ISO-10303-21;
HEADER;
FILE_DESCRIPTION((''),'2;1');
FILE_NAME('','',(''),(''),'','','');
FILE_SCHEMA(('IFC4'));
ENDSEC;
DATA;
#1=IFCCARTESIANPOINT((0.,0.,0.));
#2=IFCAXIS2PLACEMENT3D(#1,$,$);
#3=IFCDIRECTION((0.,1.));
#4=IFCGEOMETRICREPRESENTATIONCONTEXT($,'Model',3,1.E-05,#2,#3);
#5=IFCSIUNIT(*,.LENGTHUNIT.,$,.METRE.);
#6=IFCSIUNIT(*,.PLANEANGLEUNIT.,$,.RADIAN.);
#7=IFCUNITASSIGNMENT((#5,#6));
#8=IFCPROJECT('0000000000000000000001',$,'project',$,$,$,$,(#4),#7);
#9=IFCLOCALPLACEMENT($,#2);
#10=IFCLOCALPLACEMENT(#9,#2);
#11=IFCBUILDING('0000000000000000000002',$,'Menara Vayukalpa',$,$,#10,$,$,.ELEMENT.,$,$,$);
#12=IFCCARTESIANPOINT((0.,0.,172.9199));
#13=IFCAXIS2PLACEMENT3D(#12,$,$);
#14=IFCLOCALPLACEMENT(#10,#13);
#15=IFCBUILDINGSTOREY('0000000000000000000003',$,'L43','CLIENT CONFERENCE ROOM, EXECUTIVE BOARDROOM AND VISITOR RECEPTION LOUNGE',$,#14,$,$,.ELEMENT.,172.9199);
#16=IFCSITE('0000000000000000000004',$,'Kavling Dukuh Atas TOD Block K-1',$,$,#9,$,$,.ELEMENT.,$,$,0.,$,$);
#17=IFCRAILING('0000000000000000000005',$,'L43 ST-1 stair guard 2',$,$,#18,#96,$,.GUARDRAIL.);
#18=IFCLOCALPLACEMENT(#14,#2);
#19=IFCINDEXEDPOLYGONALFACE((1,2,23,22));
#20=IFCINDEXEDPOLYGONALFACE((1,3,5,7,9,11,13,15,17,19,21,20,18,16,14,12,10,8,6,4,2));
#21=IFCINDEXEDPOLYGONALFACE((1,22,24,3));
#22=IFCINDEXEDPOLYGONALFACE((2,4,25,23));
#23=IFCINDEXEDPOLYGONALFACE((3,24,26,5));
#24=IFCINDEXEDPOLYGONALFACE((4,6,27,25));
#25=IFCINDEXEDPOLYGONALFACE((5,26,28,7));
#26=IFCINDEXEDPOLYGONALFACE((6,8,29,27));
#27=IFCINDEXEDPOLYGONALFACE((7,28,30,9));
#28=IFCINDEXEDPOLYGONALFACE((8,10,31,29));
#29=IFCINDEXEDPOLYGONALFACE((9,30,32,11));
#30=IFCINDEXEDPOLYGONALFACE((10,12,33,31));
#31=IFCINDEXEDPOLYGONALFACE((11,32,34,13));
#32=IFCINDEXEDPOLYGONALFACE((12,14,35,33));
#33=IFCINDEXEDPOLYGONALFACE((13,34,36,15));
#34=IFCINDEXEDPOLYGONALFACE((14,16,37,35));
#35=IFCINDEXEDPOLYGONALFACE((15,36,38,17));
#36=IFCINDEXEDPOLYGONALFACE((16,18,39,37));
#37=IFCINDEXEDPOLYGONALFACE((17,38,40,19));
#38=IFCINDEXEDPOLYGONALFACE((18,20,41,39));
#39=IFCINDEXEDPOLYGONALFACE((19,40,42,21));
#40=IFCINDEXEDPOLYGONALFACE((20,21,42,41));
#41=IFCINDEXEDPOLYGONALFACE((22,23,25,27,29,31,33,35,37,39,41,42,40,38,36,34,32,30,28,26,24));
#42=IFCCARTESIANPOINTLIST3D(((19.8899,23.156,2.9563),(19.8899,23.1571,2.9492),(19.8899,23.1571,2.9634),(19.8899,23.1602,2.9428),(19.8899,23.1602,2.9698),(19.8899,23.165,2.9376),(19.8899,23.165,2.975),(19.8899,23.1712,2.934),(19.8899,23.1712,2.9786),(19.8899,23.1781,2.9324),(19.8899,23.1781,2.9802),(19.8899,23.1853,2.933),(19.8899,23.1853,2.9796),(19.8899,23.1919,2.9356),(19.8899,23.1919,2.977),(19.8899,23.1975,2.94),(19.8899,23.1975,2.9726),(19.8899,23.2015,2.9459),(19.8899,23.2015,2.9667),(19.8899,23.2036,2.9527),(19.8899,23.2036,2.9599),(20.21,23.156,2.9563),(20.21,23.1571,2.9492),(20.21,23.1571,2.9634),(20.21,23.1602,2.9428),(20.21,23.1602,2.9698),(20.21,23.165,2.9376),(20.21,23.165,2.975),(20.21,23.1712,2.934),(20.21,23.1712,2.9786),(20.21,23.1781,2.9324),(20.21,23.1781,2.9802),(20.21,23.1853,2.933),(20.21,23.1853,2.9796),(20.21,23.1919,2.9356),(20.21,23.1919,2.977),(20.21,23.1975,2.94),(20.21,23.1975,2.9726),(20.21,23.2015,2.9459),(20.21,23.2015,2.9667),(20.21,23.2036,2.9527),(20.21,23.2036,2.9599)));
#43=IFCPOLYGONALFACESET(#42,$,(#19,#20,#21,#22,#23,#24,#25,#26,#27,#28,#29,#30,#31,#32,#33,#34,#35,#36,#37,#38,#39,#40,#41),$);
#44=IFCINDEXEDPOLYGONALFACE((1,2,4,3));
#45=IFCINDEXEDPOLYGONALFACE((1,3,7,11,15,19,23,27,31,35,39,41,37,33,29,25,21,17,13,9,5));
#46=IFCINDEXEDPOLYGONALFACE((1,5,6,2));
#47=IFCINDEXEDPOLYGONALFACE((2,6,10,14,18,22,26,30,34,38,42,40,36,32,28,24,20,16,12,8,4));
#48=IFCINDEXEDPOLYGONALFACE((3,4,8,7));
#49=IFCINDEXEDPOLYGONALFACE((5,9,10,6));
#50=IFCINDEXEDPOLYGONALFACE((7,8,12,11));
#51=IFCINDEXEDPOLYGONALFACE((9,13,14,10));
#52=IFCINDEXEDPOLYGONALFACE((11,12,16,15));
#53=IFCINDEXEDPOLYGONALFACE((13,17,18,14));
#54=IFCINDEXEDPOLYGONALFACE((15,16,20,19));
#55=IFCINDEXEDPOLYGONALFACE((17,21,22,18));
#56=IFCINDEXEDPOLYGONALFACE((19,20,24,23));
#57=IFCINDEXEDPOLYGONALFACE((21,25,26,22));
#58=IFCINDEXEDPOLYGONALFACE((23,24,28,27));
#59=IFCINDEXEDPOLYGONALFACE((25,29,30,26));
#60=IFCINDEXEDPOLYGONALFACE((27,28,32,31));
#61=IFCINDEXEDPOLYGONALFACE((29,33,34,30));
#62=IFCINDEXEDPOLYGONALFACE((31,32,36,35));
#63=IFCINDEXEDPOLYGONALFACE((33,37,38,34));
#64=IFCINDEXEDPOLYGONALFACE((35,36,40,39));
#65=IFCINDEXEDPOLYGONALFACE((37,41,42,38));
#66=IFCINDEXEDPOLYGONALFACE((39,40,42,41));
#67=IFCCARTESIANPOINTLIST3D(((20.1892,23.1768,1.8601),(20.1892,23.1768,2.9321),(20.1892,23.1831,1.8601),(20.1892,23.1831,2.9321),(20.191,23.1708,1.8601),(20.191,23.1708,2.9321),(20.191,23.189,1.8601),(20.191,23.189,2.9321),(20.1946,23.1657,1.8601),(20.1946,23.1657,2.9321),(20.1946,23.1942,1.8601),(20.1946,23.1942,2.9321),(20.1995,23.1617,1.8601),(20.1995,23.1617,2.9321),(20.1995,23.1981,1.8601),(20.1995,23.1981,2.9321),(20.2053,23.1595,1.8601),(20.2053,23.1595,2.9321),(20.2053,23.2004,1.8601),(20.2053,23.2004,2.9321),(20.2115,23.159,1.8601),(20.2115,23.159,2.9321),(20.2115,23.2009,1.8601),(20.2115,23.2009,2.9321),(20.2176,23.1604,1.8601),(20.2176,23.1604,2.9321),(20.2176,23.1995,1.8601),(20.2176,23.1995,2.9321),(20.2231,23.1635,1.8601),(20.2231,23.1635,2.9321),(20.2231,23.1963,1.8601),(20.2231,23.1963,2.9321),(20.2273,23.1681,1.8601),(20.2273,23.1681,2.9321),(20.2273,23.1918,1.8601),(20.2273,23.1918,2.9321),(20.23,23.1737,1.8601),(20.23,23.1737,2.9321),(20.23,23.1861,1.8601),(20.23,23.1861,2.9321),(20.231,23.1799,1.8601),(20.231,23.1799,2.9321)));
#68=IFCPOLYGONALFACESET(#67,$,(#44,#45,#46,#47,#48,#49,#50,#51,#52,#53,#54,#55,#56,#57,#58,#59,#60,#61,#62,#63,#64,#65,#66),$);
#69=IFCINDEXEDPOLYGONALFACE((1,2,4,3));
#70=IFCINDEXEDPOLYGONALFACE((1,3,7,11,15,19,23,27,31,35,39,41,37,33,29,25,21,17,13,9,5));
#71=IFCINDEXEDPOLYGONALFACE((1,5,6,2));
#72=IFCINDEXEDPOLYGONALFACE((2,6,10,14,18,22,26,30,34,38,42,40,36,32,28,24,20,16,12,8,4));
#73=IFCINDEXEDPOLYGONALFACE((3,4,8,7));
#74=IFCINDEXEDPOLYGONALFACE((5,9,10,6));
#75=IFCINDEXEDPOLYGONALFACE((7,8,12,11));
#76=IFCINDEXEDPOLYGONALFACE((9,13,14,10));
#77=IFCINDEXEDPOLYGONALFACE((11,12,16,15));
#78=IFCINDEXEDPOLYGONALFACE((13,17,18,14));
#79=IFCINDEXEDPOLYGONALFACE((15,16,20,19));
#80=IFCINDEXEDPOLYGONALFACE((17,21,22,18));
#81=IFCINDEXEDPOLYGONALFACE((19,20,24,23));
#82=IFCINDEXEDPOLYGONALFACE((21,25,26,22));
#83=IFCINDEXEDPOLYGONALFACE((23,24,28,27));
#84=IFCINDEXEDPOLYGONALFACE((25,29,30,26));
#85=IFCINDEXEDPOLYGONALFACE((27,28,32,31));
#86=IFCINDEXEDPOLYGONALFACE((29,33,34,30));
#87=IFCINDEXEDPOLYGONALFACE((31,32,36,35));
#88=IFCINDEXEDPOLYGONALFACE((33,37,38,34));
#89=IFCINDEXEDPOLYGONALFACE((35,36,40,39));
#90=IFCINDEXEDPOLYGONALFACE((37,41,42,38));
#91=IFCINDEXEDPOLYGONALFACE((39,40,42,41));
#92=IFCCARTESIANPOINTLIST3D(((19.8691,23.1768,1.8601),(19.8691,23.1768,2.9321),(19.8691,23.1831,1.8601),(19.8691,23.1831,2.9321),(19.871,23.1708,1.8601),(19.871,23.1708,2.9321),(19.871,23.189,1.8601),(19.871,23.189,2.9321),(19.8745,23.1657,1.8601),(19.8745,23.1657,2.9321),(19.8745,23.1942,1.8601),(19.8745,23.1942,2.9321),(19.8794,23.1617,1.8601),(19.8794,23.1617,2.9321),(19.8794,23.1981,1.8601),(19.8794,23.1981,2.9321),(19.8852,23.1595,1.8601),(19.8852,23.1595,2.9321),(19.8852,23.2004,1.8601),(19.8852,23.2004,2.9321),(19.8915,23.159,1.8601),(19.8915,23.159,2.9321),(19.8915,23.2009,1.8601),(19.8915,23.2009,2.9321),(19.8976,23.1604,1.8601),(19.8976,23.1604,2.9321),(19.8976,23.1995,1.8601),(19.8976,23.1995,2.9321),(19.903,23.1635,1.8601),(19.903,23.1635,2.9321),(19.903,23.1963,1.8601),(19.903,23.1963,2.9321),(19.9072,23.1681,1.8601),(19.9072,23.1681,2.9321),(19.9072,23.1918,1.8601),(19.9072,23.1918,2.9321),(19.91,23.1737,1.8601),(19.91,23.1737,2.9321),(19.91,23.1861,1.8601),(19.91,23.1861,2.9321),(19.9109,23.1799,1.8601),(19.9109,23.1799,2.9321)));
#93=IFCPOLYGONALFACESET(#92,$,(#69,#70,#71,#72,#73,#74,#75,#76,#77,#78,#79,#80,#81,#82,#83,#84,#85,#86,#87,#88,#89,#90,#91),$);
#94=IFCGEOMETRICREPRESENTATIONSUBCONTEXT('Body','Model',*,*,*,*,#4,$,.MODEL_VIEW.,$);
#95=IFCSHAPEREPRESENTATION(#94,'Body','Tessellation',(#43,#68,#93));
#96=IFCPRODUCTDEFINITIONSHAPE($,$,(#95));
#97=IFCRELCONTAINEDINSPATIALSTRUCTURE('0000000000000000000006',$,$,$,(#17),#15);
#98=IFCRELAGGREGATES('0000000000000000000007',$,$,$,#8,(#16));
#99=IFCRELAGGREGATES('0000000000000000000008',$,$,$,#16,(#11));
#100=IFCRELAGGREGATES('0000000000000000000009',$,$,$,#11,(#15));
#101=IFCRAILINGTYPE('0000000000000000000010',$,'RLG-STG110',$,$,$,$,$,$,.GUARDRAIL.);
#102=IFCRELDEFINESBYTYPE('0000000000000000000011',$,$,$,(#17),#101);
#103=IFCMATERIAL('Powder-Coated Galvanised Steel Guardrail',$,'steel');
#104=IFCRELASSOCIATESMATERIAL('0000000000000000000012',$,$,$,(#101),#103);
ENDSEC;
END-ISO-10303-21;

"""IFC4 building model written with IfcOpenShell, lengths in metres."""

from ifc_helpers import new_model, si_unit, direction, frame, origin, origin_2d, place, context, subcontext, project, spatial, circle, extrude, material, type_object, element, save


model = new_model("IFC4")

# Units and contexts
model_context = context("Model", 3, precision=1e-05, world=origin(), true_north=direction((0.0, 1.0)))
body_context = subcontext(model_context, "Body", "Model", "MODEL_VIEW")
ifc_project = project(units=[si_unit("LENGTHUNIT", "METRE"), si_unit("PLANEANGLEUNIT", "RADIAN")], contexts=[model_context])

# Site, building, storey
site_placement = place(None, origin())
site = spatial("IfcSite", under=ifc_project, at=site_placement, Name="Kavling Dukuh Atas TOD Block K-1", CompositionType="ELEMENT", RefElevation=0.0)
building_placement = place(site_placement, origin())
building = spatial("IfcBuilding", under=site, at=building_placement, Name="Menara Vayukalpa", CompositionType="ELEMENT")
storey_placement = place(building_placement, frame((0.0, 0.0, 172.9199)))
storey = spatial("IfcBuildingStorey", under=building, at=storey_placement, Name="L43", Description="CLIENT CONFERENCE ROOM, EXECUTIVE BOARDROOM AND VISITOR RECEPTION LOUNGE", CompositionType="ELEMENT", Elevation=172.9199)

# Railing
ifc_material_1 = material(Name="Powder-Coated Galvanised Steel Guardrail", Category="steel")
railing_type_1 = type_object("IfcRailingType", Name="RLG-STG110", PredefinedType="GUARDRAIL", material=ifc_material_1)
railing_1_placement = place(storey_placement, frame((20.21, 23.1799, 1.8601)))
element("IfcRailing", 1, at=railing_1_placement, inside=storey, type_object=railing_type_1, Name="L43 ST-1 stair guard 2", PredefinedType="GUARDRAIL", context=body_context, shape_type="SweptSolid", body=[
    extrude(circle(Radius=0.0239, at=origin_2d()), frame((0.0, 0.0, 1.0962), z_axis=(-1.0, 0.0, 0.0), x_axis=(0.0, -1.0, 0.0)), (0.0, 0.0, 1.0), 0.3201),
    extrude(circle(Radius=0.021, at=origin_2d()), origin(), (0.0, 0.0, 1.0), 1.072),
    extrude(circle(Radius=0.021, at=origin_2d()), frame((-0.3201, 0.0, 0.0)), (0.0, 0.0, 1.0), 1.072),
])

save(model, "model.ifc")
